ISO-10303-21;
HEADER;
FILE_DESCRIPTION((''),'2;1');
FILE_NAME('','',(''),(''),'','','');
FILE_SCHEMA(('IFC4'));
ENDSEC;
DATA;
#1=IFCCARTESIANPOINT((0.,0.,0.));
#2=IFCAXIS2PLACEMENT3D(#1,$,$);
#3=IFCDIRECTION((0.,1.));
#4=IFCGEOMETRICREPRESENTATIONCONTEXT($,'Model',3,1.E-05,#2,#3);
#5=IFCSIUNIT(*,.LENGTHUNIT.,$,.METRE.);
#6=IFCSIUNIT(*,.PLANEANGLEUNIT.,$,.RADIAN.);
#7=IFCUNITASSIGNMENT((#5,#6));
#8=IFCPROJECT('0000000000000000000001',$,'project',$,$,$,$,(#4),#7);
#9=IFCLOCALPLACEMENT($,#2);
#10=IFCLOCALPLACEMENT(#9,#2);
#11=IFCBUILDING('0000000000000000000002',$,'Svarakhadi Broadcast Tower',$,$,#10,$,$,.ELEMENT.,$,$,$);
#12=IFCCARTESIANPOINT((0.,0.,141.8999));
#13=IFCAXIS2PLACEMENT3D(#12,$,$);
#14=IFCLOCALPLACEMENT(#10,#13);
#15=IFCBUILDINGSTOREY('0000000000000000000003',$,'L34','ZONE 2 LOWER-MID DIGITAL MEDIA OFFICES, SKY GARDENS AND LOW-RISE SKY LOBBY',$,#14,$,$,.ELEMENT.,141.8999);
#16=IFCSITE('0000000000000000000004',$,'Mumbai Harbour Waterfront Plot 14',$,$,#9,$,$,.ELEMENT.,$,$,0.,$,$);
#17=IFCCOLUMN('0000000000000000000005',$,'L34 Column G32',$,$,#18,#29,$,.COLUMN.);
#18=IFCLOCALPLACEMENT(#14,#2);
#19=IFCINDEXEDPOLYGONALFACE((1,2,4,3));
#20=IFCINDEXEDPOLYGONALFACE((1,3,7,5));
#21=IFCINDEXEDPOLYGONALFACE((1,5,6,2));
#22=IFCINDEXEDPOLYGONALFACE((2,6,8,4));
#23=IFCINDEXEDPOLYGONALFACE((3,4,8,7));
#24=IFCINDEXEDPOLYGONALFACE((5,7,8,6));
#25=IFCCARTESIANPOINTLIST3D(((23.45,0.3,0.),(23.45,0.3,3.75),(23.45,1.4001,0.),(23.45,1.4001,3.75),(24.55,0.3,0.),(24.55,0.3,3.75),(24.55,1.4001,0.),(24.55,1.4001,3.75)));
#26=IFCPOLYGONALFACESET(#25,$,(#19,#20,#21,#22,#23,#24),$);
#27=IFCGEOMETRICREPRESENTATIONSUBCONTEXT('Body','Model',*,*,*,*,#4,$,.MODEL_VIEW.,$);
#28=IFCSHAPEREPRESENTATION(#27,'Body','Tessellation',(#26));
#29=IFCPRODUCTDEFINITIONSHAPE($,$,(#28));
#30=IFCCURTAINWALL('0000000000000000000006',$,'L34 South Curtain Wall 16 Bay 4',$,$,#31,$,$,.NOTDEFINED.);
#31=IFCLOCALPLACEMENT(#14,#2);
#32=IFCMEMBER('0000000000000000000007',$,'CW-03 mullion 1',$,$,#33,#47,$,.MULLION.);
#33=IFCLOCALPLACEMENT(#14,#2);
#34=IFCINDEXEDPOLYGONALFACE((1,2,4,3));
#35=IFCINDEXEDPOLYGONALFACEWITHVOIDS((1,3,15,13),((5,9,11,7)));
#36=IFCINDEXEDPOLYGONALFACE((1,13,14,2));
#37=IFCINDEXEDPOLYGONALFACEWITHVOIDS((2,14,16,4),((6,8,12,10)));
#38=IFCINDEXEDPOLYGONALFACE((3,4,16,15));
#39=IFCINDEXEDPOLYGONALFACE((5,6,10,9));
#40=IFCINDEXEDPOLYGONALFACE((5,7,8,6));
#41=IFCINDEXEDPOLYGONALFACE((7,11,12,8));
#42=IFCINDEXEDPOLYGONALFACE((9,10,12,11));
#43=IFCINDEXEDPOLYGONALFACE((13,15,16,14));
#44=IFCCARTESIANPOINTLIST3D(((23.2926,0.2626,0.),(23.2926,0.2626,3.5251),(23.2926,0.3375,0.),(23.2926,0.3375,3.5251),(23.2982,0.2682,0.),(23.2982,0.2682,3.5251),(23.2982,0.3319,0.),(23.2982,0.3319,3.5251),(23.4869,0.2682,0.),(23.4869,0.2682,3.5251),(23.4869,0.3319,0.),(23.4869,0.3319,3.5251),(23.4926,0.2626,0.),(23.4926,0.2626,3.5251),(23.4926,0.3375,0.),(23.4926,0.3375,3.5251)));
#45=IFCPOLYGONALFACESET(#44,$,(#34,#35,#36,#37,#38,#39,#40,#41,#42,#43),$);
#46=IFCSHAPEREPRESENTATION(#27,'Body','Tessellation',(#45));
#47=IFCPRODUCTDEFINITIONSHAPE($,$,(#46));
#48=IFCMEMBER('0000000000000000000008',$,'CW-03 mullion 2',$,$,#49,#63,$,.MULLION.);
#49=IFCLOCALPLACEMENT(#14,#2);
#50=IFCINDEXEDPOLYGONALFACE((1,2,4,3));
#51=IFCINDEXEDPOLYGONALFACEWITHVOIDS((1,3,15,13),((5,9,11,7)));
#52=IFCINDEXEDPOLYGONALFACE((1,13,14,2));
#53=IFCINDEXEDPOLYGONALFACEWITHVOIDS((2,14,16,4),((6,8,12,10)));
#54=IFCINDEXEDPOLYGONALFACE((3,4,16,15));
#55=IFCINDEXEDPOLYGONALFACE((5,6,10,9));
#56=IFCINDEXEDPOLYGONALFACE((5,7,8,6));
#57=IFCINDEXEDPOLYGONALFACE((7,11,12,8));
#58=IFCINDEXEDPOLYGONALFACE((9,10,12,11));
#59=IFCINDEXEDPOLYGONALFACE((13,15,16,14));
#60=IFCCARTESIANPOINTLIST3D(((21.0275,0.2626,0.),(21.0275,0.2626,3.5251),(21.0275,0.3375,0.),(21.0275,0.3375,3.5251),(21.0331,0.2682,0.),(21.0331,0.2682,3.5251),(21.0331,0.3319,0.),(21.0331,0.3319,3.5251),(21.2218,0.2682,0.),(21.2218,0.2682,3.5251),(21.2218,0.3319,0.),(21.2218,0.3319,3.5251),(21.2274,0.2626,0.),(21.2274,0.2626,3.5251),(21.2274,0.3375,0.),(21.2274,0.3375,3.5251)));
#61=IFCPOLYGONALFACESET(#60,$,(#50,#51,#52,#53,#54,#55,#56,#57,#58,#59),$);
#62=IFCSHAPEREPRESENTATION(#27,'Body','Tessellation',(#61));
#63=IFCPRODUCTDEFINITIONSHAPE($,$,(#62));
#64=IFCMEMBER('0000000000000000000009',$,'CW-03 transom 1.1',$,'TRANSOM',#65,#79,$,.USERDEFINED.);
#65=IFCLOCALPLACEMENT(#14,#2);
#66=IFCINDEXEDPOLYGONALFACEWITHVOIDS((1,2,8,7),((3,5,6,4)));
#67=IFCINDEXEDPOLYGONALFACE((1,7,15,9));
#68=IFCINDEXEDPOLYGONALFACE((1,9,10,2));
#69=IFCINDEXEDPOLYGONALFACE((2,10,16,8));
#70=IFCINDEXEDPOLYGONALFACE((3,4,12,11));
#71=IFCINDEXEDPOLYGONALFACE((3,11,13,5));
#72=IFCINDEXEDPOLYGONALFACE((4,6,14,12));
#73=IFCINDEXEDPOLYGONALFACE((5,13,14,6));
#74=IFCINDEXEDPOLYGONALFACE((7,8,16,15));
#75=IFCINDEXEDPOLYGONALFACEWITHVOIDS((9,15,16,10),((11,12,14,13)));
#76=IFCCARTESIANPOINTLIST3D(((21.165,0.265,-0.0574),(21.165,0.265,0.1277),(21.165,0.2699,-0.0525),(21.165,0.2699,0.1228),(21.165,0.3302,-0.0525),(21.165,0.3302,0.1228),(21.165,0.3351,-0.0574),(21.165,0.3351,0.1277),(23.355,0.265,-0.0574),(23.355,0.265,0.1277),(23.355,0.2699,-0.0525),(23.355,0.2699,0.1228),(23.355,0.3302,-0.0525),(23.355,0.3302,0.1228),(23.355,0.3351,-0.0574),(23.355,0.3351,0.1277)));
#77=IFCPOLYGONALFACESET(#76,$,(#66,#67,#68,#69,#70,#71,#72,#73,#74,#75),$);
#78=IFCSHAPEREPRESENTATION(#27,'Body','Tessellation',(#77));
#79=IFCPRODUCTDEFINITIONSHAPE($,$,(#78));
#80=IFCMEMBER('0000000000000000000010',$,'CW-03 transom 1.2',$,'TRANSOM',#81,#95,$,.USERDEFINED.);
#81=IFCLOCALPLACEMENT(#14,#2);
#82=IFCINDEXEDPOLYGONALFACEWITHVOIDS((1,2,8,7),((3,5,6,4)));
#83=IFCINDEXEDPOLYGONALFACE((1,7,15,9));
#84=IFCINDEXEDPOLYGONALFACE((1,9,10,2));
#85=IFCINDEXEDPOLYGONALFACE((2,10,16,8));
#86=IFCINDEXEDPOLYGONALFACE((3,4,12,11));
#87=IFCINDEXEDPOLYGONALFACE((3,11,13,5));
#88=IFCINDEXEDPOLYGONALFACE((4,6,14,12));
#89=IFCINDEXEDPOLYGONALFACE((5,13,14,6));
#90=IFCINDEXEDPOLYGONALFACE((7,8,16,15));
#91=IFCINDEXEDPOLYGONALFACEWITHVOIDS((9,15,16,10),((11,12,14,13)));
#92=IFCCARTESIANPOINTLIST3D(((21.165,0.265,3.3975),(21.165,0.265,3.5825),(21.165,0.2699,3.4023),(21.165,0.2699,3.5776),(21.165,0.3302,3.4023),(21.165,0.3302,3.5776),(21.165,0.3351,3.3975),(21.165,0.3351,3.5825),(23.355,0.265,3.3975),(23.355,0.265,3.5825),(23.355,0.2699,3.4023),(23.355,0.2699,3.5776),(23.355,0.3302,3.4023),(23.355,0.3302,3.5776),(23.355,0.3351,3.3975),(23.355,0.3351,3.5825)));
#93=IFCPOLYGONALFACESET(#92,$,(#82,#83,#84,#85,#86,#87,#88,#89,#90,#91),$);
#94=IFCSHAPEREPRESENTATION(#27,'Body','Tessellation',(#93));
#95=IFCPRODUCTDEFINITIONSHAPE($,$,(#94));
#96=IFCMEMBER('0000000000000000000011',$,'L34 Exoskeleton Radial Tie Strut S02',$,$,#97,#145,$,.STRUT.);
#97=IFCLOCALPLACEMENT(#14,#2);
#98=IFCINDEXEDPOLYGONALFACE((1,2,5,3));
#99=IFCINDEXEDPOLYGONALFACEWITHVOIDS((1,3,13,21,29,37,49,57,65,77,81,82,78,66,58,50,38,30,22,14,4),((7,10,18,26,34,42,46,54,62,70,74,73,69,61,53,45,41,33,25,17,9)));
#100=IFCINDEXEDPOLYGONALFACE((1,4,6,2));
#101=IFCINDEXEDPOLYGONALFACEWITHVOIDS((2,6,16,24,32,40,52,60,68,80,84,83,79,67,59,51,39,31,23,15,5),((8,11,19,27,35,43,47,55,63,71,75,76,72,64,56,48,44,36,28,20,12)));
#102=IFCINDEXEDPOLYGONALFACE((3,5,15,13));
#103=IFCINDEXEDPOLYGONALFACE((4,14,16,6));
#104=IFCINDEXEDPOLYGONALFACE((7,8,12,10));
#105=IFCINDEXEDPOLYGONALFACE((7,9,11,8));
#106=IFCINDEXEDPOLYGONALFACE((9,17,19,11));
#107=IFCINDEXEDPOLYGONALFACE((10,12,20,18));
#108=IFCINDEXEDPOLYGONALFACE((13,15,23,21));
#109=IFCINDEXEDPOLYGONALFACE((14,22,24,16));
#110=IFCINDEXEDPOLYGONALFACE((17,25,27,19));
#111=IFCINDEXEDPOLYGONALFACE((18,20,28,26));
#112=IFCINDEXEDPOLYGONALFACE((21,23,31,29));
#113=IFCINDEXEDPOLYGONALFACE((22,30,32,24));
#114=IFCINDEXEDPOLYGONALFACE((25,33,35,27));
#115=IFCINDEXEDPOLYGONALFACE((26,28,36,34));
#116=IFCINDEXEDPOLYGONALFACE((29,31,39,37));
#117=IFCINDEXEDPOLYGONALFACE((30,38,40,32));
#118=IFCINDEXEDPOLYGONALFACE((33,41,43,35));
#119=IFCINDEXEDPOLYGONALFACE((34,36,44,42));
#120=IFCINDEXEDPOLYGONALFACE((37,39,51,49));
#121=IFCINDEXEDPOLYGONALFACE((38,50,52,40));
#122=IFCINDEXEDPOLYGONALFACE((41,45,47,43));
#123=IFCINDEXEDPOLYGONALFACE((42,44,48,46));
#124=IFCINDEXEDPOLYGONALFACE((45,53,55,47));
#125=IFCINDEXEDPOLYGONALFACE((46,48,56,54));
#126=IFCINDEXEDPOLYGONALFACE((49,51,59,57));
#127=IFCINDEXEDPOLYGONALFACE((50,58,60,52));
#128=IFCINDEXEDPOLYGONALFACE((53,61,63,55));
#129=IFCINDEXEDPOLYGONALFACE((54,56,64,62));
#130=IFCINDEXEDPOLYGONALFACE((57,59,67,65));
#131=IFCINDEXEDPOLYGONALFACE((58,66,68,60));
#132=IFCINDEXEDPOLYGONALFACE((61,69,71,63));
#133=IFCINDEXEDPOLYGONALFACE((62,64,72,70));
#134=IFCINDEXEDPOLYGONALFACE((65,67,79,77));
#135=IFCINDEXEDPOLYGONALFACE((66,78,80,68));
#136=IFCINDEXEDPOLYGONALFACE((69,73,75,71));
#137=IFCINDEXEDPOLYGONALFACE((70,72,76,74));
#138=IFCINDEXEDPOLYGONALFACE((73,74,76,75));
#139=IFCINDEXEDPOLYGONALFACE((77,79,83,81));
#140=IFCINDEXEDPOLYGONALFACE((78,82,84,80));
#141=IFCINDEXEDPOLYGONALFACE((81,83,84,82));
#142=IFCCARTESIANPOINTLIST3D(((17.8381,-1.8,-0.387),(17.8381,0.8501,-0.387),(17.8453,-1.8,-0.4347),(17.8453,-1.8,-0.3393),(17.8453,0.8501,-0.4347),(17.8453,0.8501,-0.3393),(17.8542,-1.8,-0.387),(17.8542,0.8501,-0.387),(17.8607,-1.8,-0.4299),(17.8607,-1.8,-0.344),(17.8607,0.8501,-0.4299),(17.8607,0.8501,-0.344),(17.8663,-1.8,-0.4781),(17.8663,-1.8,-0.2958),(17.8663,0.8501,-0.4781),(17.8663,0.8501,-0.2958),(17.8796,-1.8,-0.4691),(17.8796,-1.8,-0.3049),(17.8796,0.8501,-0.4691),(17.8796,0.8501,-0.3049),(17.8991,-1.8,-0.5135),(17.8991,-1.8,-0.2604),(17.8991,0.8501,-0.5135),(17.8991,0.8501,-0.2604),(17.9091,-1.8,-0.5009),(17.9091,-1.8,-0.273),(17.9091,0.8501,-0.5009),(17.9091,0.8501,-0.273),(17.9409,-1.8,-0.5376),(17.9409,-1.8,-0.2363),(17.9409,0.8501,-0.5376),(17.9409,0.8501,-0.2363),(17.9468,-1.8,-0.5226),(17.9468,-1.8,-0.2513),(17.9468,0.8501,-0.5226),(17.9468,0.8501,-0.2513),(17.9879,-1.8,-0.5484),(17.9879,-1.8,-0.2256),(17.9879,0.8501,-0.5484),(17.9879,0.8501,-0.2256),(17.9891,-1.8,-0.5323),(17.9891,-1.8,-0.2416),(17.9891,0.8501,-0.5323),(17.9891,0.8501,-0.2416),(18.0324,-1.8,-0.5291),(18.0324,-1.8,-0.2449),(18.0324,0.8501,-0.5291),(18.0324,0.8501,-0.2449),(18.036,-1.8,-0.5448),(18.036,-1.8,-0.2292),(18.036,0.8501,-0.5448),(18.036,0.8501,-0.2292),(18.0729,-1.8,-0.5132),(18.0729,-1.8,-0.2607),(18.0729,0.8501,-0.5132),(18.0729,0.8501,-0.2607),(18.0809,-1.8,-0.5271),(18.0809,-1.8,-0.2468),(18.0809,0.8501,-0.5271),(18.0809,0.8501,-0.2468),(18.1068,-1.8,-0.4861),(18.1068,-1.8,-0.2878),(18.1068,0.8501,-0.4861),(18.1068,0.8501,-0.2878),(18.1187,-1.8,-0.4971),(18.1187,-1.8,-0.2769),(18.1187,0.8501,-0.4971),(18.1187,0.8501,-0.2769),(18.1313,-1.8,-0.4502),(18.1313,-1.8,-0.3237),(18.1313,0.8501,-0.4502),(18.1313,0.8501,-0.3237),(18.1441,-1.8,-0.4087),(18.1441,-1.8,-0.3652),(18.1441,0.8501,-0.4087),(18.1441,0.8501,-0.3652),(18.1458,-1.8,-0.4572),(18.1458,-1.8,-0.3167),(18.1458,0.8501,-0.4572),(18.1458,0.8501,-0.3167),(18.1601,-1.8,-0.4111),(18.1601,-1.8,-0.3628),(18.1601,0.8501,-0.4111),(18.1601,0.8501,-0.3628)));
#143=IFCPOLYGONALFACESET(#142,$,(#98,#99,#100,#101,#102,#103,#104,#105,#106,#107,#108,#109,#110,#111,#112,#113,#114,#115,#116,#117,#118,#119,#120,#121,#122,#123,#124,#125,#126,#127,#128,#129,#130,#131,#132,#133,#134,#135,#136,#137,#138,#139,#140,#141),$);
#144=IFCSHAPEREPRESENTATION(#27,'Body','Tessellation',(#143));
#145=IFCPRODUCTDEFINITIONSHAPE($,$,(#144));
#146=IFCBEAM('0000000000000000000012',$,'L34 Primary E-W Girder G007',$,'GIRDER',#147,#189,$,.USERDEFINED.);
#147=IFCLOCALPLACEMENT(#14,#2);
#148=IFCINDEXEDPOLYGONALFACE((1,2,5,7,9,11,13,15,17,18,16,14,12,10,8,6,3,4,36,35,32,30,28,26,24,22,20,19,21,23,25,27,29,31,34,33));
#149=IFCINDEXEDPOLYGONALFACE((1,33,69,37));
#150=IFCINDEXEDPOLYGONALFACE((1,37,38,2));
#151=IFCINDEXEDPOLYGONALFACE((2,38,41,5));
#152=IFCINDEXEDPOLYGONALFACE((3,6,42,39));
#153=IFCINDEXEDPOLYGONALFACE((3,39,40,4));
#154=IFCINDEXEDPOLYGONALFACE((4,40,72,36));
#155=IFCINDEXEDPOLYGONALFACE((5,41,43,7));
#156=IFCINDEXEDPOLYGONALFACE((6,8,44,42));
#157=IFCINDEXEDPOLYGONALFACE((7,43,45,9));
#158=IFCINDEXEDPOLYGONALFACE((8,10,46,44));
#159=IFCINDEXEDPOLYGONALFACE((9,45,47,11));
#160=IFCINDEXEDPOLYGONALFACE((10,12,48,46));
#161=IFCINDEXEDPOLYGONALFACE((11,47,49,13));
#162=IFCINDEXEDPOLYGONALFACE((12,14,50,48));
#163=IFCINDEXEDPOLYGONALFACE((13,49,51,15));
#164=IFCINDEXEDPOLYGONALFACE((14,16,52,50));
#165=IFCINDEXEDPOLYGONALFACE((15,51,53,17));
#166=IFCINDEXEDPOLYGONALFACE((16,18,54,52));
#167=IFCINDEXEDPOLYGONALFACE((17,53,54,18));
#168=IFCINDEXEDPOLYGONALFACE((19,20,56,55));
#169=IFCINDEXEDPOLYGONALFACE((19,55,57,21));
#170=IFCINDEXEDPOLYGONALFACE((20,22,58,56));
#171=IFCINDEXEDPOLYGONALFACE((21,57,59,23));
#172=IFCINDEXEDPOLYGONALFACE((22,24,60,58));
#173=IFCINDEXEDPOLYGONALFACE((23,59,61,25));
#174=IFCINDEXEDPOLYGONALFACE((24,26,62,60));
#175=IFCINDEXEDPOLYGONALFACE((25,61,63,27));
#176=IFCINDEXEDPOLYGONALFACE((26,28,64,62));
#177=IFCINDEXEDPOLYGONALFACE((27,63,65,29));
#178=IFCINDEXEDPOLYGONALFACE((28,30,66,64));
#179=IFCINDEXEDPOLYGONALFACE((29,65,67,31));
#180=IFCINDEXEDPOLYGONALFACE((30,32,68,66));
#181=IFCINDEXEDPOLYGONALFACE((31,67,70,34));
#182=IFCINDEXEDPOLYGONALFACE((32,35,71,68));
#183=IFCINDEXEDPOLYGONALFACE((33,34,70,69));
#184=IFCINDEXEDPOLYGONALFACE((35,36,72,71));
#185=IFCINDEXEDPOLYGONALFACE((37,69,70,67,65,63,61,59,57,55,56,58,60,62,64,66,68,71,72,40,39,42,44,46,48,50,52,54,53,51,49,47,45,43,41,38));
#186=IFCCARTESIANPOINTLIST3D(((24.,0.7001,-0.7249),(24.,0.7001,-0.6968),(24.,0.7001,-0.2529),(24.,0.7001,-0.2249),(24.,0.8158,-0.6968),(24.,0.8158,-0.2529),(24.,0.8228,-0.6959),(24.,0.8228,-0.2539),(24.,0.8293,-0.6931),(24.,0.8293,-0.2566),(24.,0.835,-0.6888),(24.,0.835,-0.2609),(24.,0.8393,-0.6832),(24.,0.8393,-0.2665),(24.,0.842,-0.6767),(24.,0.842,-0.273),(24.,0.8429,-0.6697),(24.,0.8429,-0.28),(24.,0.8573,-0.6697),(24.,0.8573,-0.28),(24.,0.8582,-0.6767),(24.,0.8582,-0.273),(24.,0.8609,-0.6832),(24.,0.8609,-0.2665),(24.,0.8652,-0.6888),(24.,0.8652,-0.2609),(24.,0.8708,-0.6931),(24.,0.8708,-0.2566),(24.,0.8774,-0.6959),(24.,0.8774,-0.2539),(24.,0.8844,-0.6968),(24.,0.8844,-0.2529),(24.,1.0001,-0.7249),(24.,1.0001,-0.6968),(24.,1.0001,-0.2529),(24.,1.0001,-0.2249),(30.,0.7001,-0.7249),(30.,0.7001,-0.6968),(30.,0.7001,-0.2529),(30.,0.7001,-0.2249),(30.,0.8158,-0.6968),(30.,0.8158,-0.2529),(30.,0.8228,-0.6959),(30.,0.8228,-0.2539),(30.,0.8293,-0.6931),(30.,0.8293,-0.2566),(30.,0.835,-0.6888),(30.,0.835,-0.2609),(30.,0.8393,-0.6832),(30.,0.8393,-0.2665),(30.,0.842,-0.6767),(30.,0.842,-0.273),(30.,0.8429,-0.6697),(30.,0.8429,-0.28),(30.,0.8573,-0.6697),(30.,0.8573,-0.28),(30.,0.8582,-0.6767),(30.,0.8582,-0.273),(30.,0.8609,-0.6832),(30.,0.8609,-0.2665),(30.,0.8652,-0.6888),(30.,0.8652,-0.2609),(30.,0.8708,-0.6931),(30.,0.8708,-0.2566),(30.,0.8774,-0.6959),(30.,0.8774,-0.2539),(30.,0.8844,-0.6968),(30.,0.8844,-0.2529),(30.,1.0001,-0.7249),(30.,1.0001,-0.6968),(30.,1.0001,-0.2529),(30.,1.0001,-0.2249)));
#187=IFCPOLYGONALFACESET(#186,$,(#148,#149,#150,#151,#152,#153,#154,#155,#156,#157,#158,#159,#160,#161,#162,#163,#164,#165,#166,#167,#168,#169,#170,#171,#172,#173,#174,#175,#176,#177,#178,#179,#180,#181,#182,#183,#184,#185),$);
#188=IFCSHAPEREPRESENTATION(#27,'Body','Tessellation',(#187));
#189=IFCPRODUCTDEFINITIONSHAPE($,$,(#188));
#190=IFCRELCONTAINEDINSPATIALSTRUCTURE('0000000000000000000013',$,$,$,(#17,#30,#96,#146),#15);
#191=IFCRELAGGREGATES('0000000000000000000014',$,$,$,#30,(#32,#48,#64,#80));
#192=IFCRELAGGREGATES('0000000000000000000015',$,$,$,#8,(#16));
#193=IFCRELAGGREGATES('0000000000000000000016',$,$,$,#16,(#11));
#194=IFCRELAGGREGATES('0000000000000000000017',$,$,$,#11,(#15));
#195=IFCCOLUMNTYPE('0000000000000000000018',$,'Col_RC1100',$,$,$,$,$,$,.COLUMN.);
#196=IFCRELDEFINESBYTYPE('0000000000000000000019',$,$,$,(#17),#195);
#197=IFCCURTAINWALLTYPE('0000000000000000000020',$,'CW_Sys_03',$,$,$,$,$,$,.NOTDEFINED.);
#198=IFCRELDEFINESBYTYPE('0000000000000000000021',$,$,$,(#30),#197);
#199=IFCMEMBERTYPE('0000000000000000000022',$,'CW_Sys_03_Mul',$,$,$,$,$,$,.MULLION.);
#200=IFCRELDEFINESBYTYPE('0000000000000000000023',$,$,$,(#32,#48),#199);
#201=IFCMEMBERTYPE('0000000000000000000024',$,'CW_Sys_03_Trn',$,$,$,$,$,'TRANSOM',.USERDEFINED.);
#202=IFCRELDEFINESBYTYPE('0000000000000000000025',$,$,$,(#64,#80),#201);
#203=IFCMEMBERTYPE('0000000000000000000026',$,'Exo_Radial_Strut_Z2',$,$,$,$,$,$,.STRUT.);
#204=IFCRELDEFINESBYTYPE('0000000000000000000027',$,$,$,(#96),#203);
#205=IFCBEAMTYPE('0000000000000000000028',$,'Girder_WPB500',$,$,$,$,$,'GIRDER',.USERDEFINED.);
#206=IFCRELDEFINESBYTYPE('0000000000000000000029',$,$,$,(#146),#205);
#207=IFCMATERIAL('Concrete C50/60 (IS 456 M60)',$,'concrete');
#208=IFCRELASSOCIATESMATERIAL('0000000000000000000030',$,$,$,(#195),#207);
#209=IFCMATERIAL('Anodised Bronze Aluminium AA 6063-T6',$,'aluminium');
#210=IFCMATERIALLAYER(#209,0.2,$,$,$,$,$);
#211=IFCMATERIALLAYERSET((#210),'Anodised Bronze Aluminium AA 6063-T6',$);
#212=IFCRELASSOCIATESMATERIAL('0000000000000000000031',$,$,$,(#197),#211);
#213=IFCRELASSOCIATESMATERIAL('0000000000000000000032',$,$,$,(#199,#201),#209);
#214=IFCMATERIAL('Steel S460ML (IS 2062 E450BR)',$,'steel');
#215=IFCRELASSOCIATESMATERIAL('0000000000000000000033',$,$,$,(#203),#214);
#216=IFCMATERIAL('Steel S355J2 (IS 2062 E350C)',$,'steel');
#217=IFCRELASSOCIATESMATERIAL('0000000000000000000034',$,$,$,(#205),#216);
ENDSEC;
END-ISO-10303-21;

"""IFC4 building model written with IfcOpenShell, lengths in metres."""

from ifc_helpers import new_model, si_unit, direction, frame, origin, origin_2d, place, context, subcontext, project, spatial, rectangle, hollow_rectangle, hollow_circle, i_section, extrude, material, layer, layer_set, material_profile, profile_set, type_object, element, aggregate, save


model = new_model("IFC4")

# Units and contexts
model_context = context("Model", 3, precision=1e-05, world=origin(), true_north=direction((0.0, 1.0)))
body_context = subcontext(model_context, "Body", "Model", "MODEL_VIEW")
ifc_project = project(units=[si_unit("LENGTHUNIT", "METRE"), si_unit("PLANEANGLEUNIT", "RADIAN")], contexts=[model_context])

# Site, building, storey
site_placement = place(None, origin())
site = spatial("IfcSite", under=ifc_project, at=site_placement, Name="Mumbai Harbour Waterfront Plot 14", CompositionType="ELEMENT", RefElevation=0.0)
building_placement = place(site_placement, origin())
building = spatial("IfcBuilding", under=site, at=building_placement, Name="Svarakhadi Broadcast Tower", CompositionType="ELEMENT")
storey_placement = place(building_placement, frame((0.0, 0.0, 141.8999)))
storey = spatial("IfcBuildingStorey", under=building, at=storey_placement, Name="L34", Description="ZONE 2 LOWER-MID DIGITAL MEDIA OFFICES, SKY GARDENS AND LOW-RISE SKY LOBBY", CompositionType="ELEMENT", Elevation=141.8999)

# Column
ifc_material_1 = material(Name="Concrete C50/60 (IS 456 M60)", Category="concrete")
ifc_material_profile_1 = material_profile(ifc_material_1, rectangle(XDim=1.1001, YDim=1.1001, at=origin_2d()), Name="RC 1100x1100")
ifc_profile_set_1 = profile_set([ifc_material_profile_1], Name="Concrete C50/60 (IS 456 M60)")
column_type = type_object("IfcColumnType", Name="Col_RC1100", PredefinedType="COLUMN", material=ifc_profile_set_1)
column_placement = place(storey_placement, frame((24.0, 0.8501, 0.0), z_axis=(0.0, 0.0, 1.0), x_axis=(1.0, 0.0, 0.0)))
element("IfcColumn", 1, at=column_placement, inside=storey, type_object=column_type, Name="L34 Column G32", PredefinedType="COLUMN", context=body_context, shape_type="SweptSolid", body=[
    extrude(rectangle(XDim=1.1001, YDim=1.1001, at=origin_2d()), origin(), (0.0, 0.0, 1.0), 3.75),
])

# Curtain wall, members
ifc_material_2 = material(Name="Anodised Bronze Aluminium AA 6063-T6", Category="aluminium")
ifc_layer_1 = layer(ifc_material_2, 0.2)
ifc_layer_set_1 = layer_set([ifc_layer_1], Name="Anodised Bronze Aluminium AA 6063-T6")
curtain_wall_type = type_object("IfcCurtainWallType", Name="CW_Sys_03", PredefinedType="NOTDEFINED", material=ifc_layer_set_1)
curtain_wall_placement = place(storey_placement, origin())
curtain_wall = element("IfcCurtainWall", 2, at=curtain_wall_placement, inside=storey, type_object=curtain_wall_type, Name="L34 South Curtain Wall 16 Bay 4", PredefinedType="NOTDEFINED")
ifc_material_profile_2 = material_profile(ifc_material_2, hollow_rectangle(XDim=0.075, YDim=0.2, WallThickness=0.0056, at=origin_2d()), Name="ALU MULLION 200x75x6")
ifc_profile_set_2 = profile_set([ifc_material_profile_2], Name="Anodised Bronze Aluminium AA 6063-T6")
member_type_1 = type_object("IfcMemberType", Name="CW_Sys_03_Mul", PredefinedType="MULLION", material=ifc_profile_set_2)
member_1_placement = place(storey_placement, frame((23.3926, 0.3, 0.0), z_axis=(0.0, 0.0, 1.0), x_axis=(0.0, -1.0, 0.0)))
member_1 = element("IfcMember", 3, at=member_1_placement, type_object=member_type_1, Name="CW-03 mullion 1", PredefinedType="MULLION", context=body_context, shape_type="SweptSolid", body=[
    extrude(hollow_rectangle(XDim=0.075, YDim=0.2, WallThickness=0.0056, at=origin_2d()), origin(), (0.0, 0.0, 1.0), 3.5251),
])
member_2_placement = place(storey_placement, frame((21.1274, 0.3, 0.0), z_axis=(0.0, 0.0, 1.0), x_axis=(0.0, -1.0, 0.0)))
member_2 = element("IfcMember", 4, at=member_2_placement, type_object=member_type_1, Name="CW-03 mullion 2", PredefinedType="MULLION", context=body_context, shape_type="SweptSolid", body=[
    extrude(hollow_rectangle(XDim=0.075, YDim=0.2, WallThickness=0.0056, at=origin_2d()), origin(), (0.0, 0.0, 1.0), 3.5251),
])
ifc_material_profile_3 = material_profile(ifc_material_2, hollow_rectangle(XDim=0.0701, YDim=0.1851, WallThickness=0.0049, at=origin_2d()), Name="ALU TRANSOM 185x70x5")
ifc_profile_set_3 = profile_set([ifc_material_profile_3], Name="Anodised Bronze Aluminium AA 6063-T6")
member_type_2 = type_object("IfcMemberType", Name="CW_Sys_03_Trn", ElementType="TRANSOM", PredefinedType="USERDEFINED", material=ifc_profile_set_3)
member_3_placement = place(storey_placement, frame((23.355, 0.3, 0.0352), z_axis=(-1.0, 0.0, 0.0), x_axis=(0.0, -1.0, 0.0)))
member_3 = element("IfcMember", 5, at=member_3_placement, type_object=member_type_2, Name="CW-03 transom 1.1", ObjectType="TRANSOM", PredefinedType="USERDEFINED", context=body_context, shape_type="SweptSolid", body=[
    extrude(hollow_rectangle(XDim=0.0701, YDim=0.1851, WallThickness=0.0049, at=origin_2d()), origin(), (0.0, 0.0, 1.0), 2.1899),
])
member_4_placement = place(storey_placement, frame((23.355, 0.3, 3.49), z_axis=(-1.0, 0.0, 0.0), x_axis=(0.0, -1.0, 0.0)))
member_4 = element("IfcMember", 6, at=member_4_placement, type_object=member_type_2, Name="CW-03 transom 1.2", ObjectType="TRANSOM", PredefinedType="USERDEFINED", context=body_context, shape_type="SweptSolid", body=[
    extrude(hollow_rectangle(XDim=0.0701, YDim=0.1851, WallThickness=0.0049, at=origin_2d()), origin(), (0.0, 0.0, 1.0), 2.1899),
])

# Member
ifc_material_3 = material(Name="Steel S460ML (IS 2062 E450BR)", Category="steel")
ifc_material_profile_4 = material_profile(ifc_material_3, hollow_circle(Radius=0.1619, WallThickness=0.0161, at=origin_2d()), Name="CHS 323.9x16")
ifc_profile_set_4 = profile_set([ifc_material_profile_4], Name="Steel S460ML (IS 2062 E450BR)")
member_type_3 = type_object("IfcMemberType", Name="Exo_Radial_Strut_Z2", PredefinedType="STRUT", material=ifc_profile_set_4)
member_5_placement = place(storey_placement, frame((18.0, -1.8, -0.387), z_axis=(0.0, 1.0, 0.0), x_axis=(-1.0, 0.0, 0.0)))
element("IfcMember", 7, at=member_5_placement, inside=storey, type_object=member_type_3, Name="L34 Exoskeleton Radial Tie Strut S02", PredefinedType="STRUT", context=body_context, shape_type="SweptSolid", body=[
    extrude(hollow_circle(Radius=0.1619, WallThickness=0.0161, at=origin_2d()), origin(), (0.0, 0.0, 1.0), 2.6501),
])

# Beam
ifc_material_4 = material(Name="Steel S355J2 (IS 2062 E350C)", Category="steel")
ifc_material_profile_5 = material_profile(ifc_material_4, i_section(OverallWidth=0.3, OverallDepth=0.5, WebThickness=0.0144, FlangeThickness=0.0281, FilletRadius=0.0271, at=origin_2d()), Name="WPB 500x300x187")
ifc_profile_set_5 = profile_set([ifc_material_profile_5], Name="Steel S355J2 (IS 2062 E350C)")
beam_type = type_object("IfcBeamType", Name="Girder_WPB500", ElementType="GIRDER", PredefinedType="USERDEFINED", material=ifc_profile_set_5)
beam_placement = place(storey_placement, frame((24.0, 0.8501, -0.4749), z_axis=(1.0, 0.0, 0.0), x_axis=(0.0, 1.0, 0.0)))
element("IfcBeam", 8, at=beam_placement, inside=storey, type_object=beam_type, Name="L34 Primary E-W Girder G007", ObjectType="GIRDER", PredefinedType="USERDEFINED", context=body_context, shape_type="SweptSolid", body=[
    extrude(i_section(OverallWidth=0.3, OverallDepth=0.5, WebThickness=0.0144, FlangeThickness=0.0281, FilletRadius=0.0271, at=origin_2d()), origin(), (0.0, 0.0, 1.0), 6.0),
])

aggregate(curtain_wall, [member_1, member_2, member_3, member_4])

save(model, "model.ifc")
